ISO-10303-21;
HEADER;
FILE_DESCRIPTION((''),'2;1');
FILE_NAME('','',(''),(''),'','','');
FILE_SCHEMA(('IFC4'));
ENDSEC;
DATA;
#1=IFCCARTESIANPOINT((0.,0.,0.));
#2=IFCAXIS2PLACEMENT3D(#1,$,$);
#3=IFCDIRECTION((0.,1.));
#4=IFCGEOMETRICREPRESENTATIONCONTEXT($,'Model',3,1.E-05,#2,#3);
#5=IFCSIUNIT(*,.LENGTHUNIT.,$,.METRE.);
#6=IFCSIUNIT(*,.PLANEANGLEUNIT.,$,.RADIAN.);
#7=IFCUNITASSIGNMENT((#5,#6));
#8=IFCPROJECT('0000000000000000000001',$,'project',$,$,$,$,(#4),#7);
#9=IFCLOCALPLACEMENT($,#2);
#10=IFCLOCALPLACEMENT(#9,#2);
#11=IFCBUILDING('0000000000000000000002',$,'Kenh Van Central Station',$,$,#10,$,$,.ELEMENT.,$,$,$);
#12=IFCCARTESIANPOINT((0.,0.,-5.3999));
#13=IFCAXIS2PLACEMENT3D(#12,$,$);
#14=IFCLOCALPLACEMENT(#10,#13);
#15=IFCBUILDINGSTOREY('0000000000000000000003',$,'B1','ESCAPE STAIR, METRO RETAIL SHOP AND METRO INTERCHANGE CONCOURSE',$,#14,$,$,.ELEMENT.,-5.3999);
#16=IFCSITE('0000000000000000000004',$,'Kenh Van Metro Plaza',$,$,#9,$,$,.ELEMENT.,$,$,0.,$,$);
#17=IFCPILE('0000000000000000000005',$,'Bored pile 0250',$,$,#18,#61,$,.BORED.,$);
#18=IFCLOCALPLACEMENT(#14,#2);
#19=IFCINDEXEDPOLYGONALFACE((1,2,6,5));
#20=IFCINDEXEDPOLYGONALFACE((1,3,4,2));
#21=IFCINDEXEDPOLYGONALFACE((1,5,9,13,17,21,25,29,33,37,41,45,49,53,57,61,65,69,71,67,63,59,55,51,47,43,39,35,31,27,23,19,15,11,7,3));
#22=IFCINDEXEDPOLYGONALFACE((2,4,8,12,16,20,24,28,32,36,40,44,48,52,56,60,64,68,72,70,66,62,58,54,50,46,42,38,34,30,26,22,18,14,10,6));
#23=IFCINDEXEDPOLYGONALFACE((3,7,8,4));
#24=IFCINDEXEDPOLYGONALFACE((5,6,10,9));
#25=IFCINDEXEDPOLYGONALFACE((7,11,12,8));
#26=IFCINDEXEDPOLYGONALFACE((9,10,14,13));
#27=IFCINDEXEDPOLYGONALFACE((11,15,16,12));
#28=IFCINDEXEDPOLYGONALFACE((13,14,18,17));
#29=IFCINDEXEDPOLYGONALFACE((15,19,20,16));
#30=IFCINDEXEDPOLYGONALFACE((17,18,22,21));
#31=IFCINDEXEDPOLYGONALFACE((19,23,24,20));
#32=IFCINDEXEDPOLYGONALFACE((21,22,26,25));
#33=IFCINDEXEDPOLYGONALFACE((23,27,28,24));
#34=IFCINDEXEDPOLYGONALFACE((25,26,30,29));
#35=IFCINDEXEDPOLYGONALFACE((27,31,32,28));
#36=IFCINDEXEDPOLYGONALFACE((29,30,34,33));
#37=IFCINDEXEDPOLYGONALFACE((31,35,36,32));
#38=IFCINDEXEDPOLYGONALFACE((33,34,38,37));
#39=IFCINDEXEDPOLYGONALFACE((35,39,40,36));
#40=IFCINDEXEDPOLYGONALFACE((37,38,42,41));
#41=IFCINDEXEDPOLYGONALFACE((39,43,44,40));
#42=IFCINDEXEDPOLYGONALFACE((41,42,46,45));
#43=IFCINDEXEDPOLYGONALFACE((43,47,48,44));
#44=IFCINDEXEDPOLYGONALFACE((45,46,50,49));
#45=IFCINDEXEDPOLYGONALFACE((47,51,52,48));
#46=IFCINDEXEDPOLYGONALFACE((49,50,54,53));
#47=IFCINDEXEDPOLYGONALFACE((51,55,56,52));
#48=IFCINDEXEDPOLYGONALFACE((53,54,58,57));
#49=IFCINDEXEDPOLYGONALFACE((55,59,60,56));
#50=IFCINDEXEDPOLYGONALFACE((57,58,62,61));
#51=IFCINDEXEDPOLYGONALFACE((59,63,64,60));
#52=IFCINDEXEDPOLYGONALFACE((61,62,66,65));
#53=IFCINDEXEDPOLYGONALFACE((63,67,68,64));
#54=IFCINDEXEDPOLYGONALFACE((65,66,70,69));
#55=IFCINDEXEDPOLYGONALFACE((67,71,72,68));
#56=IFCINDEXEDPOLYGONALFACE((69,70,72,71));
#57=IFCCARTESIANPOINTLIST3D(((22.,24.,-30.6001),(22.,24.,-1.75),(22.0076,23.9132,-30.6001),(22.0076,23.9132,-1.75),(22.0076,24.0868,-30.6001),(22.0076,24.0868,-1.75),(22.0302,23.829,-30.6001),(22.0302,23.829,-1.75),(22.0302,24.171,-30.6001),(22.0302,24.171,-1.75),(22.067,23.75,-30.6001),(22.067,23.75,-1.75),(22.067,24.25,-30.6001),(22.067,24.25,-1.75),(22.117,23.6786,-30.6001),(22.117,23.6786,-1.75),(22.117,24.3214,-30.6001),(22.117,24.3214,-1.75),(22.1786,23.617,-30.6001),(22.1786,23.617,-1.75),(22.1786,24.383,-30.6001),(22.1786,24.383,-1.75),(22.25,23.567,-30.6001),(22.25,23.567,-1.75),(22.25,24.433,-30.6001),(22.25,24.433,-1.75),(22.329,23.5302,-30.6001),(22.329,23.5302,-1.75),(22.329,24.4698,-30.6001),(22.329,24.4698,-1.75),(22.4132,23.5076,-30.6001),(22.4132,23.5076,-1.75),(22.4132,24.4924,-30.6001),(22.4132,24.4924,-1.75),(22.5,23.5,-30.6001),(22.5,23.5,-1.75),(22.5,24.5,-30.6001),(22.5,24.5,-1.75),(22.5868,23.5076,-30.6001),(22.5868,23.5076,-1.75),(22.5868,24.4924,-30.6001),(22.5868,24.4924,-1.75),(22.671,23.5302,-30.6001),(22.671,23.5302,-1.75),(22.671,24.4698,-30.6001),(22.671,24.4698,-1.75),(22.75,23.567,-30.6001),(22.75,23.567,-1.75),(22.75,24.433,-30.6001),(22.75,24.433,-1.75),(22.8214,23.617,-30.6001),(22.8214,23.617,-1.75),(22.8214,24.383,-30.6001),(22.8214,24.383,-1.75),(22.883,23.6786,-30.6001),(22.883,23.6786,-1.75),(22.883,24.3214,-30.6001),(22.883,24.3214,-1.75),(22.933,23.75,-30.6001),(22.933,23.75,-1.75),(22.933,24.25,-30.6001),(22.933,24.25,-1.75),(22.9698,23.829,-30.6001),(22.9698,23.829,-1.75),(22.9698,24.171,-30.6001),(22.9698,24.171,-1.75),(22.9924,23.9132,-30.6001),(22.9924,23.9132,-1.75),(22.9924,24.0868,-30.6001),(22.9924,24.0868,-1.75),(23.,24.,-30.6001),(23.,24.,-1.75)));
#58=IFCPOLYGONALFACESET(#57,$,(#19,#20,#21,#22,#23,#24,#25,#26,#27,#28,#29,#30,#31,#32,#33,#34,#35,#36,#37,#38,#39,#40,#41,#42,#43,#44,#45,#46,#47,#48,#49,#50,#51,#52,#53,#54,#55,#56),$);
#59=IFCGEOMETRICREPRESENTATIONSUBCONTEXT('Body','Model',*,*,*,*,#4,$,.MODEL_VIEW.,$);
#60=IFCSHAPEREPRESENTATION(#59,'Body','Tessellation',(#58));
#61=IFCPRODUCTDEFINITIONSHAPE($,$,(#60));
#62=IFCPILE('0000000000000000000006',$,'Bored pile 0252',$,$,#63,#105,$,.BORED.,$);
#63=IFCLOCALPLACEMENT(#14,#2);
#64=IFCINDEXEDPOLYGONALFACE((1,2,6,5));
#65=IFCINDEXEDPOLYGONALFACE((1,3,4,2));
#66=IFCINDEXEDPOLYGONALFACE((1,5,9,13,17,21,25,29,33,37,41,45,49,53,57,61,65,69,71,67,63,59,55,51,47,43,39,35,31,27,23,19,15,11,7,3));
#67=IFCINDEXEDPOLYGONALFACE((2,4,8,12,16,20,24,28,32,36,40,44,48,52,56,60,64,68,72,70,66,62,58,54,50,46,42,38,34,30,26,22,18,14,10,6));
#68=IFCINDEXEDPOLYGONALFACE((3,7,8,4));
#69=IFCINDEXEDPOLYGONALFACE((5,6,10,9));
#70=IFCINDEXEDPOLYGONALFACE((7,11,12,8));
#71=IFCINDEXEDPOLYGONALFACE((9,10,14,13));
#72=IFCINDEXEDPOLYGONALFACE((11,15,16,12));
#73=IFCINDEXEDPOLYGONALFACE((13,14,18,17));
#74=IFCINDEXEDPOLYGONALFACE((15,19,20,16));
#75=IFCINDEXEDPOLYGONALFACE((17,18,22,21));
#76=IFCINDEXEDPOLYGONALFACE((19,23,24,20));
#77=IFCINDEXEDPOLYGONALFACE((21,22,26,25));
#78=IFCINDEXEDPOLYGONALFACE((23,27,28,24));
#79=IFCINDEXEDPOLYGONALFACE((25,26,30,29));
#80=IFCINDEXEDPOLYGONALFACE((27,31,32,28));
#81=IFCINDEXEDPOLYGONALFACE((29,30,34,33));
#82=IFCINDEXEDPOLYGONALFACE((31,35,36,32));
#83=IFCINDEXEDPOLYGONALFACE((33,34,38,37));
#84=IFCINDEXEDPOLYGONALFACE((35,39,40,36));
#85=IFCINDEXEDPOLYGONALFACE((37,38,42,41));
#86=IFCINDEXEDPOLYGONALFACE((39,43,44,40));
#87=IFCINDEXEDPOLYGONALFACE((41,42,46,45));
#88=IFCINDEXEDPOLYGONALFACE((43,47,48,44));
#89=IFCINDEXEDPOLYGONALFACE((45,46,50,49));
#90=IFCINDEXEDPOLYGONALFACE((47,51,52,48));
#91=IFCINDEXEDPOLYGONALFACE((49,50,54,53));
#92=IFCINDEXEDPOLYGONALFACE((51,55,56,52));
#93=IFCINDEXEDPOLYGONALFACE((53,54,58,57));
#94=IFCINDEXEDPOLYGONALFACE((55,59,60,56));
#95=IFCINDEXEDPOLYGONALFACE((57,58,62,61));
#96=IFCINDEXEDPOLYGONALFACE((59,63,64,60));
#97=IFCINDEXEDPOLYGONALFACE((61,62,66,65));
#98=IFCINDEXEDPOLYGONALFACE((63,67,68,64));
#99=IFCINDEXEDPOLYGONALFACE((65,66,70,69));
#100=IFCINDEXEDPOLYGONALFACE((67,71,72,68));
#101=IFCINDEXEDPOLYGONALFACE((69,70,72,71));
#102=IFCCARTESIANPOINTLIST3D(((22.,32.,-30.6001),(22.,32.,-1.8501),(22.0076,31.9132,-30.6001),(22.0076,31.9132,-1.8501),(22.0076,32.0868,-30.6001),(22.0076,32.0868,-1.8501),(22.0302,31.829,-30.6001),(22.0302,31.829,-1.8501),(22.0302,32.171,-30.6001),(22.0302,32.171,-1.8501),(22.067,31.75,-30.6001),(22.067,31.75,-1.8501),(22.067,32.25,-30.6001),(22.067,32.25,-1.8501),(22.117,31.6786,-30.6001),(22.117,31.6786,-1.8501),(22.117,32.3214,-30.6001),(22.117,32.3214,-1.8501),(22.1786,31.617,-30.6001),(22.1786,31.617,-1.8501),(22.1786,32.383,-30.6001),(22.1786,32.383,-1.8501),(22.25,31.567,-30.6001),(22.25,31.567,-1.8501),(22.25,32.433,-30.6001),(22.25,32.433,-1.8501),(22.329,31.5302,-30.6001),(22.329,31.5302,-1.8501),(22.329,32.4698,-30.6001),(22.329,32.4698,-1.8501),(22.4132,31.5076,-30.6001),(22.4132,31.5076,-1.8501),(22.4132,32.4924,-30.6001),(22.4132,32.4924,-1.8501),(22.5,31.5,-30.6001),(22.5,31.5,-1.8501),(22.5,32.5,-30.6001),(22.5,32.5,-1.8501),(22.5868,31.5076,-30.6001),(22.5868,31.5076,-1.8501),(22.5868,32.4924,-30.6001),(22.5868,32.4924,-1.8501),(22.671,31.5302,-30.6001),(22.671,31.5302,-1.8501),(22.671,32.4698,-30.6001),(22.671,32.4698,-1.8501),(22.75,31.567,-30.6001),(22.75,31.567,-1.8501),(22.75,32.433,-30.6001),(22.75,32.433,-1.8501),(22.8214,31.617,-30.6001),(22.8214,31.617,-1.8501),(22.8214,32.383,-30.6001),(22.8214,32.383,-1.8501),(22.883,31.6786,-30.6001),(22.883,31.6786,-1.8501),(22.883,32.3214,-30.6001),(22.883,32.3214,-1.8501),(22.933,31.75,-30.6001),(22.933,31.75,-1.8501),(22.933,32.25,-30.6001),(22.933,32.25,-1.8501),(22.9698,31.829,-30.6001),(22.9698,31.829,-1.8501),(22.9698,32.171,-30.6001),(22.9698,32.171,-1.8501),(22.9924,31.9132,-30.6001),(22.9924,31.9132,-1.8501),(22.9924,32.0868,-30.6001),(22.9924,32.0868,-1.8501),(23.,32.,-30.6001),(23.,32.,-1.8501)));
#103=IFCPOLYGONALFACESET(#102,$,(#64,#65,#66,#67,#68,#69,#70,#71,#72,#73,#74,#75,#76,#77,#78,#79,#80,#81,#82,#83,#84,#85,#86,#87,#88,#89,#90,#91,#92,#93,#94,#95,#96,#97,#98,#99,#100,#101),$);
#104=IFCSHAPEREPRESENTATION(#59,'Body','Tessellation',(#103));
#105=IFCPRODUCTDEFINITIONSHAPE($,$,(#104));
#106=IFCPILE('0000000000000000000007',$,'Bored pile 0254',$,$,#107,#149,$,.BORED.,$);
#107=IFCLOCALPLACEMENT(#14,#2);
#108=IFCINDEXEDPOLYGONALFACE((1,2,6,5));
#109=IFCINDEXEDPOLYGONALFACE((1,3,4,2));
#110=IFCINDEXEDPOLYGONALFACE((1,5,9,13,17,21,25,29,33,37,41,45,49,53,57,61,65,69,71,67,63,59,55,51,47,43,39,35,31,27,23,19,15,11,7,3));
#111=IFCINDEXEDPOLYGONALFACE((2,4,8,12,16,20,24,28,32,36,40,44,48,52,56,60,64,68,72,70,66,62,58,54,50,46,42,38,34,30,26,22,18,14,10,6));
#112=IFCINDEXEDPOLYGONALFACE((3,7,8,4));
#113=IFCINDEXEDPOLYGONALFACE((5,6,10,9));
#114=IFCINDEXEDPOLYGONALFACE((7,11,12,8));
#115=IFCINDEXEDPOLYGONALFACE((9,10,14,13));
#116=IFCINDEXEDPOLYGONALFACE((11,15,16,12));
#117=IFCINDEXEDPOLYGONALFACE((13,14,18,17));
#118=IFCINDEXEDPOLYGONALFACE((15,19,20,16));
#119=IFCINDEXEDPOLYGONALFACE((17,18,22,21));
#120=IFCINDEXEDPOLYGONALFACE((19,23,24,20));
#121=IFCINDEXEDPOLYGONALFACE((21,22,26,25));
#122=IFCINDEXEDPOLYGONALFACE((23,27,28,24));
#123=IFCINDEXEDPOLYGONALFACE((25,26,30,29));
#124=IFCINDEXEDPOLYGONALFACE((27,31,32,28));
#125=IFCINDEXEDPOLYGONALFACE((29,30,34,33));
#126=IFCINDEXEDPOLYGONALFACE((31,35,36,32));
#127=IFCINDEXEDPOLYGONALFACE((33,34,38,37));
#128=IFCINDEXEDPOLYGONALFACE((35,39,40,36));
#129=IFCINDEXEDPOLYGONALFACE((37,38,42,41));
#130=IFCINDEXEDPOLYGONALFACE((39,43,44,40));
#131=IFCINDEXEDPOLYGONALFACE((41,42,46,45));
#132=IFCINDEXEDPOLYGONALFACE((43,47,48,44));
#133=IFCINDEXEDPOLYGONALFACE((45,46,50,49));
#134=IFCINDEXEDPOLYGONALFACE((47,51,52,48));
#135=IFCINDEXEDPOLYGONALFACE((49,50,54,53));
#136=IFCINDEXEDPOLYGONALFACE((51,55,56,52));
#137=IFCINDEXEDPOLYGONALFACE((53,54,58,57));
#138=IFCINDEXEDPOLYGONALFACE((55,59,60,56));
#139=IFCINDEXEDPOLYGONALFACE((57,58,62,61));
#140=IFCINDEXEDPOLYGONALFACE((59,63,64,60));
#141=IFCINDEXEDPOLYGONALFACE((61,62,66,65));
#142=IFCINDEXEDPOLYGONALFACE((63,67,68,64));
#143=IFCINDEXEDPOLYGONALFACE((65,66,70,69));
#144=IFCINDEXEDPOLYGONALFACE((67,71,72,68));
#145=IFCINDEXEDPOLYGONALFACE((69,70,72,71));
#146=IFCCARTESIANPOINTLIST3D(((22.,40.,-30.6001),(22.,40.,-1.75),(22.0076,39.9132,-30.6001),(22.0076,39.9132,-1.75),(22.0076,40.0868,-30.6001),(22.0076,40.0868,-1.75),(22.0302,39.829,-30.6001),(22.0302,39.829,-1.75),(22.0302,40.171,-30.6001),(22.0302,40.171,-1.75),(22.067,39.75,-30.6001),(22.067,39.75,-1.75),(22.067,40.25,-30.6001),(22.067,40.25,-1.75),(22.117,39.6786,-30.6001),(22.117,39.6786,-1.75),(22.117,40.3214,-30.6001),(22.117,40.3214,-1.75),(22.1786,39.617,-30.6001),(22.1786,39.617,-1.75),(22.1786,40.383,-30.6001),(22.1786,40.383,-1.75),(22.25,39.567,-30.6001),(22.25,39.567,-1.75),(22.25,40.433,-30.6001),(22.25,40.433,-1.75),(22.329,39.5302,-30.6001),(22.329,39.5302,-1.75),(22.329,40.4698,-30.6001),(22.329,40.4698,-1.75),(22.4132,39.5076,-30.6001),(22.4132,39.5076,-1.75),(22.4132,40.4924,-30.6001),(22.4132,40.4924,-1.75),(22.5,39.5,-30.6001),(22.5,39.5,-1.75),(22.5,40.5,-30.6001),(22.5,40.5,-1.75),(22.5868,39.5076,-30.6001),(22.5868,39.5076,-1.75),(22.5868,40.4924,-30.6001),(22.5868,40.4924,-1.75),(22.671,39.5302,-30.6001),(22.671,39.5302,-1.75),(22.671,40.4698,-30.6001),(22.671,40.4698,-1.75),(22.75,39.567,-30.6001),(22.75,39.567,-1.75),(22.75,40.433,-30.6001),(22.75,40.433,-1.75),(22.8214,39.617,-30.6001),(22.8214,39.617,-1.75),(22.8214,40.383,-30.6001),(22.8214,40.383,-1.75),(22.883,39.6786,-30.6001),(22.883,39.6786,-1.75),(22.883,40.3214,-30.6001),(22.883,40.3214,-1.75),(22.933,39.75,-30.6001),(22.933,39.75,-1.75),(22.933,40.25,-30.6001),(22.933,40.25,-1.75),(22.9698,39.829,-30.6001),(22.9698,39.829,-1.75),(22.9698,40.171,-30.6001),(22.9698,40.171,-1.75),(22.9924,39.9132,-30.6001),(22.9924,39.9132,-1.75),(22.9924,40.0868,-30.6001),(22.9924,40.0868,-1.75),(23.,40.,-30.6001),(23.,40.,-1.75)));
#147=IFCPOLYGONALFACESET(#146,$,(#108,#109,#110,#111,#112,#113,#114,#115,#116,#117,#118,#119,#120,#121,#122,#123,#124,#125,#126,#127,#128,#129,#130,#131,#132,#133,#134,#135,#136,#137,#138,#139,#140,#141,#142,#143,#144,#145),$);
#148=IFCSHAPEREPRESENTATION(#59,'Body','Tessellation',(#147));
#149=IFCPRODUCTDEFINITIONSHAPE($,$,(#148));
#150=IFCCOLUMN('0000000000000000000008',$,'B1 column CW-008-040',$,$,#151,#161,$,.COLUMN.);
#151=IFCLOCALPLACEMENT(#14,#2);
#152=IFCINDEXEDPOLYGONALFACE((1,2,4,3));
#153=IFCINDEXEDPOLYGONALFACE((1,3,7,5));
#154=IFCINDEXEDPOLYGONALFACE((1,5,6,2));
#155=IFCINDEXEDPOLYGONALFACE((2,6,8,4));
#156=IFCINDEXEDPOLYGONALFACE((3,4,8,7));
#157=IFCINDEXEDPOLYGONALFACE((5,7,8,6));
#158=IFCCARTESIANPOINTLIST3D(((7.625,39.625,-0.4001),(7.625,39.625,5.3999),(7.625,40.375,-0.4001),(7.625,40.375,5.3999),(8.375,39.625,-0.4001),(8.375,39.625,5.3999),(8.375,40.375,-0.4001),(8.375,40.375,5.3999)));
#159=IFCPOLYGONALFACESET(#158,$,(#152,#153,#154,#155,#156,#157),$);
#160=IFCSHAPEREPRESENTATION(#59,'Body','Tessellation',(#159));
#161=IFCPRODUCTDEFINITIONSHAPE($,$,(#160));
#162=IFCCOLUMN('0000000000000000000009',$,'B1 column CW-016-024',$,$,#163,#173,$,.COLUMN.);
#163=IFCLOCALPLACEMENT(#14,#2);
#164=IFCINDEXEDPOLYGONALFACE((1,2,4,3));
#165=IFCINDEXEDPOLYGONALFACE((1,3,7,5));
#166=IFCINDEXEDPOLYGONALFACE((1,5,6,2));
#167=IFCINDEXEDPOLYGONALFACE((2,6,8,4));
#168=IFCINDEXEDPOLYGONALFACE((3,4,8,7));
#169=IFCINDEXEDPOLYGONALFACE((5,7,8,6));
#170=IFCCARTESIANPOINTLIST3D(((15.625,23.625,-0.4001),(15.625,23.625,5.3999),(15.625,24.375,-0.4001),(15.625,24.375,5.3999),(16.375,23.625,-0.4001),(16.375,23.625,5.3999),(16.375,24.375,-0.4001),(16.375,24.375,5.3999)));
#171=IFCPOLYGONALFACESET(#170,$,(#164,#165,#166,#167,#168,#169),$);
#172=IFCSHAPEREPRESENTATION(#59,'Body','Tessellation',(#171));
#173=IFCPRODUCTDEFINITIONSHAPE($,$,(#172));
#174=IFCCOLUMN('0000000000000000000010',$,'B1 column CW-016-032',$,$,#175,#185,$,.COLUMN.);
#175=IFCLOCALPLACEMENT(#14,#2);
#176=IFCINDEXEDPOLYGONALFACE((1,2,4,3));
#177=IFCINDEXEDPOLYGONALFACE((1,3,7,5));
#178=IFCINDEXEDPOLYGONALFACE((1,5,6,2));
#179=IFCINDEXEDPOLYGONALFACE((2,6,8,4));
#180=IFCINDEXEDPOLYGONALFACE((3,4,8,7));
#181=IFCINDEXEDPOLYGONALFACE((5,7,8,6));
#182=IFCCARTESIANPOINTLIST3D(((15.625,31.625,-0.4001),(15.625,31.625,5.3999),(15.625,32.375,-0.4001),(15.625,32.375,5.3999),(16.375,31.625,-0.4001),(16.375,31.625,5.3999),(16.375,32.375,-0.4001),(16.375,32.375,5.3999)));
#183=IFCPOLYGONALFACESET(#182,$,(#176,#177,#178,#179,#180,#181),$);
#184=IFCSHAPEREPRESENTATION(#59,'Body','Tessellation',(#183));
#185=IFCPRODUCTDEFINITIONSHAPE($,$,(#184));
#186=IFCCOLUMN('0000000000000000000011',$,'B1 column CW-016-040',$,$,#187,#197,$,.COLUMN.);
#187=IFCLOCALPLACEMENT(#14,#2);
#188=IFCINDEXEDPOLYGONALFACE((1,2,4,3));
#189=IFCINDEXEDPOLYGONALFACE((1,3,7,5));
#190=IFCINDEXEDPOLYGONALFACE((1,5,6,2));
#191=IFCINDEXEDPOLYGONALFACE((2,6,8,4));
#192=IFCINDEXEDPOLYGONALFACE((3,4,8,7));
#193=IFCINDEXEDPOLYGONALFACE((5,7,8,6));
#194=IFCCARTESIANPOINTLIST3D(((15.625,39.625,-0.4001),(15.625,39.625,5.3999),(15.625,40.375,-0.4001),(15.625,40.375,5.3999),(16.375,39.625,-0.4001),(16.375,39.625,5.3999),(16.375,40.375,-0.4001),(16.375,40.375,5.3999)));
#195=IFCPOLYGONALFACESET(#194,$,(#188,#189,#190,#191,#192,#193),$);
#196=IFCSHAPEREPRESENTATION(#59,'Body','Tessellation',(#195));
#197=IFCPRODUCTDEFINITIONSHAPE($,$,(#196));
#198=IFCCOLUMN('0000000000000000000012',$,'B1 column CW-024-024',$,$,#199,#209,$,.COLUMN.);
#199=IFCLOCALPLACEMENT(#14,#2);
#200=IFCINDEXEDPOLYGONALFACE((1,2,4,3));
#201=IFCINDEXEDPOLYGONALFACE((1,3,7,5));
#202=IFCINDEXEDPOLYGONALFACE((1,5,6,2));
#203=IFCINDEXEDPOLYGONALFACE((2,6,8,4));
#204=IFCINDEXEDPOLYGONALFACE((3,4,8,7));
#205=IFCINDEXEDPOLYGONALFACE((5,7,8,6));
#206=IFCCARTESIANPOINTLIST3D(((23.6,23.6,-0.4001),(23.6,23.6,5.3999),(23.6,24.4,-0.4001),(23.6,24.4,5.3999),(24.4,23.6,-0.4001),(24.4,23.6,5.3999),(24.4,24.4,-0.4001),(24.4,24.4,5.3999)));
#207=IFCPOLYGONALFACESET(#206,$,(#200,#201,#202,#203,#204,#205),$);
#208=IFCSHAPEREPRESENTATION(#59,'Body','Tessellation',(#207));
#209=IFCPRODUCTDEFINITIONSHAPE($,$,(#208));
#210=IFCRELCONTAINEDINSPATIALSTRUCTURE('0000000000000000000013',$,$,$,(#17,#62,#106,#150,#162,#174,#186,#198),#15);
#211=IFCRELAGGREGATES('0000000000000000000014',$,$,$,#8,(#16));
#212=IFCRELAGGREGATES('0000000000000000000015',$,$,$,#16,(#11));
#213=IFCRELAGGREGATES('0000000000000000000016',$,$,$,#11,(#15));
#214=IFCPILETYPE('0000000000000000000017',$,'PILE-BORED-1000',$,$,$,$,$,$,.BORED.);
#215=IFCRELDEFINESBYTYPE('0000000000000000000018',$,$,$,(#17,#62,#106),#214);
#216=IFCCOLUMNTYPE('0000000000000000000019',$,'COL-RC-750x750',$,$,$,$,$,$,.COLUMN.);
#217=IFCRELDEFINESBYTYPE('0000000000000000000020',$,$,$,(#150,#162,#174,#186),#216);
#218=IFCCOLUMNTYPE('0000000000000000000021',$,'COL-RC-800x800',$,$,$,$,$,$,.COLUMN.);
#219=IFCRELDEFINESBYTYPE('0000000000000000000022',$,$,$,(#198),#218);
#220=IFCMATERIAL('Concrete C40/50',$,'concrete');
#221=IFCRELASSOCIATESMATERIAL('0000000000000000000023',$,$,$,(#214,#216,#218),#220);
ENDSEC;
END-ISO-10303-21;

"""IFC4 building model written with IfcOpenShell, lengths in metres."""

from ifc_helpers import new_model, si_unit, direction, frame, origin, origin_2d, place, context, subcontext, project, spatial, rectangle, circle, extrude, material, material_profile, profile_set, type_object, element, save


model = new_model("IFC4")

# Units and contexts
model_context = context("Model", 3, precision=1e-05, world=origin(), true_north=direction((0.0, 1.0)))
body_context = subcontext(model_context, "Body", "Model", "MODEL_VIEW")
ifc_project = project(units=[si_unit("LENGTHUNIT", "METRE"), si_unit("PLANEANGLEUNIT", "RADIAN")], contexts=[model_context])

# Site, building, storey
site_placement = place(None, origin())
site = spatial("IfcSite", under=ifc_project, at=site_placement, Name="Kenh Van Metro Plaza", CompositionType="ELEMENT", RefElevation=0.0)
building_placement = place(site_placement, origin())
building = spatial("IfcBuilding", under=site, at=building_placement, Name="Kenh Van Central Station", CompositionType="ELEMENT")
storey_placement = place(building_placement, frame((0.0, 0.0, -5.3999)))
storey = spatial("IfcBuildingStorey", under=building, at=storey_placement, Name="B1", Description="ESCAPE STAIR, METRO RETAIL SHOP AND METRO INTERCHANGE CONCOURSE", CompositionType="ELEMENT", Elevation=-5.3999)

# Shared definitions
ifc_material_1 = material(Name="Concrete C40/50", Category="concrete")

# Piles
ifc_material_profile_1 = material_profile(ifc_material_1, circle(Radius=0.5, at=origin_2d()), Name="PILE D1000")
ifc_profile_set_1 = profile_set([ifc_material_profile_1], Name="Concrete C40/50")
pile_type = type_object("IfcPileType", Name="PILE-BORED-1000", PredefinedType="BORED", material=ifc_profile_set_1)
pile_1_placement = place(storey_placement, frame((22.5, 24.0, -1.75), z_axis=(0.0, 0.0, -1.0), x_axis=(1.0, 0.0, 0.0)))
element("IfcPile", 1, at=pile_1_placement, inside=storey, type_object=pile_type, Name="Bored pile 0250", PredefinedType="BORED", context=body_context, shape_type="SweptSolid", body=[
    extrude(circle(Radius=0.5, at=origin_2d()), origin(), (0.0, 0.0, 1.0), 28.8501),
])
pile_2_placement = place(storey_placement, frame((22.5, 32.0, -1.8501), z_axis=(0.0, 0.0, -1.0), x_axis=(1.0, 0.0, 0.0)))
element("IfcPile", 2, at=pile_2_placement, inside=storey, type_object=pile_type, Name="Bored pile 0252", PredefinedType="BORED", context=body_context, shape_type="SweptSolid", body=[
    extrude(circle(Radius=0.5, at=origin_2d()), origin(), (0.0, 0.0, 1.0), 28.75),
])
pile_3_placement = place(storey_placement, frame((22.5, 40.0, -1.75), z_axis=(0.0, 0.0, -1.0), x_axis=(1.0, 0.0, 0.0)))
element("IfcPile", 3, at=pile_3_placement, inside=storey, type_object=pile_type, Name="Bored pile 0254", PredefinedType="BORED", context=body_context, shape_type="SweptSolid", body=[
    extrude(circle(Radius=0.5, at=origin_2d()), origin(), (0.0, 0.0, 1.0), 28.8501),
])

# Columns
ifc_material_profile_2 = material_profile(ifc_material_1, rectangle(XDim=0.75, YDim=0.75, at=origin_2d()), Name="RC 750x750")
ifc_profile_set_2 = profile_set([ifc_material_profile_2], Name="Concrete C40/50")
column_type_1 = type_object("IfcColumnType", Name="COL-RC-750x750", PredefinedType="COLUMN", material=ifc_profile_set_2)
for number, where, z_axis, x_axis, name in (
    (4, (8.0, 40.0, -0.4001), (0.0, 0.0, 1.0), (1.0, 0.0, 0.0), "B1 column CW-008-040"),
    (5, (16.0, 24.0, -0.4001), (0.0, 0.0, 1.0), (1.0, 0.0, 0.0), "B1 column CW-016-024"),
    (6, (16.0, 32.0, -0.4001), (0.0, 0.0, 1.0), (1.0, 0.0, 0.0), "B1 column CW-016-032"),
    (7, (16.0, 40.0, -0.4001), (0.0, 0.0, 1.0), (1.0, 0.0, 0.0), "B1 column CW-016-040"),
):
    element("IfcColumn", number, at=place(storey_placement, frame(where, z_axis=z_axis, x_axis=x_axis)), inside=storey, type_object=column_type_1, Name=name, PredefinedType="COLUMN", context=body_context, shape_type="SweptSolid", body=[
        extrude(rectangle(XDim=0.75, YDim=0.75, at=origin_2d()), origin(), (0.0, 0.0, 1.0), 5.8),
    ])
ifc_material_profile_3 = material_profile(ifc_material_1, rectangle(XDim=0.8, YDim=0.8, at=origin_2d()), Name="RC 800x800")
ifc_profile_set_3 = profile_set([ifc_material_profile_3], Name="Concrete C40/50")
column_type_2 = type_object("IfcColumnType", Name="COL-RC-800x800", PredefinedType="COLUMN", material=ifc_profile_set_3)
column_placement = place(storey_placement, frame((24.0, 24.0, -0.4001), z_axis=(0.0, 0.0, 1.0), x_axis=(1.0, 0.0, 0.0)))
element("IfcColumn", 8, at=column_placement, inside=storey, type_object=column_type_2, Name="B1 column CW-024-024", PredefinedType="COLUMN", context=body_context, shape_type="SweptSolid", body=[
    extrude(rectangle(XDim=0.8, YDim=0.8, at=origin_2d()), origin(), (0.0, 0.0, 1.0), 5.8),
])

save(model, "model.ifc")
